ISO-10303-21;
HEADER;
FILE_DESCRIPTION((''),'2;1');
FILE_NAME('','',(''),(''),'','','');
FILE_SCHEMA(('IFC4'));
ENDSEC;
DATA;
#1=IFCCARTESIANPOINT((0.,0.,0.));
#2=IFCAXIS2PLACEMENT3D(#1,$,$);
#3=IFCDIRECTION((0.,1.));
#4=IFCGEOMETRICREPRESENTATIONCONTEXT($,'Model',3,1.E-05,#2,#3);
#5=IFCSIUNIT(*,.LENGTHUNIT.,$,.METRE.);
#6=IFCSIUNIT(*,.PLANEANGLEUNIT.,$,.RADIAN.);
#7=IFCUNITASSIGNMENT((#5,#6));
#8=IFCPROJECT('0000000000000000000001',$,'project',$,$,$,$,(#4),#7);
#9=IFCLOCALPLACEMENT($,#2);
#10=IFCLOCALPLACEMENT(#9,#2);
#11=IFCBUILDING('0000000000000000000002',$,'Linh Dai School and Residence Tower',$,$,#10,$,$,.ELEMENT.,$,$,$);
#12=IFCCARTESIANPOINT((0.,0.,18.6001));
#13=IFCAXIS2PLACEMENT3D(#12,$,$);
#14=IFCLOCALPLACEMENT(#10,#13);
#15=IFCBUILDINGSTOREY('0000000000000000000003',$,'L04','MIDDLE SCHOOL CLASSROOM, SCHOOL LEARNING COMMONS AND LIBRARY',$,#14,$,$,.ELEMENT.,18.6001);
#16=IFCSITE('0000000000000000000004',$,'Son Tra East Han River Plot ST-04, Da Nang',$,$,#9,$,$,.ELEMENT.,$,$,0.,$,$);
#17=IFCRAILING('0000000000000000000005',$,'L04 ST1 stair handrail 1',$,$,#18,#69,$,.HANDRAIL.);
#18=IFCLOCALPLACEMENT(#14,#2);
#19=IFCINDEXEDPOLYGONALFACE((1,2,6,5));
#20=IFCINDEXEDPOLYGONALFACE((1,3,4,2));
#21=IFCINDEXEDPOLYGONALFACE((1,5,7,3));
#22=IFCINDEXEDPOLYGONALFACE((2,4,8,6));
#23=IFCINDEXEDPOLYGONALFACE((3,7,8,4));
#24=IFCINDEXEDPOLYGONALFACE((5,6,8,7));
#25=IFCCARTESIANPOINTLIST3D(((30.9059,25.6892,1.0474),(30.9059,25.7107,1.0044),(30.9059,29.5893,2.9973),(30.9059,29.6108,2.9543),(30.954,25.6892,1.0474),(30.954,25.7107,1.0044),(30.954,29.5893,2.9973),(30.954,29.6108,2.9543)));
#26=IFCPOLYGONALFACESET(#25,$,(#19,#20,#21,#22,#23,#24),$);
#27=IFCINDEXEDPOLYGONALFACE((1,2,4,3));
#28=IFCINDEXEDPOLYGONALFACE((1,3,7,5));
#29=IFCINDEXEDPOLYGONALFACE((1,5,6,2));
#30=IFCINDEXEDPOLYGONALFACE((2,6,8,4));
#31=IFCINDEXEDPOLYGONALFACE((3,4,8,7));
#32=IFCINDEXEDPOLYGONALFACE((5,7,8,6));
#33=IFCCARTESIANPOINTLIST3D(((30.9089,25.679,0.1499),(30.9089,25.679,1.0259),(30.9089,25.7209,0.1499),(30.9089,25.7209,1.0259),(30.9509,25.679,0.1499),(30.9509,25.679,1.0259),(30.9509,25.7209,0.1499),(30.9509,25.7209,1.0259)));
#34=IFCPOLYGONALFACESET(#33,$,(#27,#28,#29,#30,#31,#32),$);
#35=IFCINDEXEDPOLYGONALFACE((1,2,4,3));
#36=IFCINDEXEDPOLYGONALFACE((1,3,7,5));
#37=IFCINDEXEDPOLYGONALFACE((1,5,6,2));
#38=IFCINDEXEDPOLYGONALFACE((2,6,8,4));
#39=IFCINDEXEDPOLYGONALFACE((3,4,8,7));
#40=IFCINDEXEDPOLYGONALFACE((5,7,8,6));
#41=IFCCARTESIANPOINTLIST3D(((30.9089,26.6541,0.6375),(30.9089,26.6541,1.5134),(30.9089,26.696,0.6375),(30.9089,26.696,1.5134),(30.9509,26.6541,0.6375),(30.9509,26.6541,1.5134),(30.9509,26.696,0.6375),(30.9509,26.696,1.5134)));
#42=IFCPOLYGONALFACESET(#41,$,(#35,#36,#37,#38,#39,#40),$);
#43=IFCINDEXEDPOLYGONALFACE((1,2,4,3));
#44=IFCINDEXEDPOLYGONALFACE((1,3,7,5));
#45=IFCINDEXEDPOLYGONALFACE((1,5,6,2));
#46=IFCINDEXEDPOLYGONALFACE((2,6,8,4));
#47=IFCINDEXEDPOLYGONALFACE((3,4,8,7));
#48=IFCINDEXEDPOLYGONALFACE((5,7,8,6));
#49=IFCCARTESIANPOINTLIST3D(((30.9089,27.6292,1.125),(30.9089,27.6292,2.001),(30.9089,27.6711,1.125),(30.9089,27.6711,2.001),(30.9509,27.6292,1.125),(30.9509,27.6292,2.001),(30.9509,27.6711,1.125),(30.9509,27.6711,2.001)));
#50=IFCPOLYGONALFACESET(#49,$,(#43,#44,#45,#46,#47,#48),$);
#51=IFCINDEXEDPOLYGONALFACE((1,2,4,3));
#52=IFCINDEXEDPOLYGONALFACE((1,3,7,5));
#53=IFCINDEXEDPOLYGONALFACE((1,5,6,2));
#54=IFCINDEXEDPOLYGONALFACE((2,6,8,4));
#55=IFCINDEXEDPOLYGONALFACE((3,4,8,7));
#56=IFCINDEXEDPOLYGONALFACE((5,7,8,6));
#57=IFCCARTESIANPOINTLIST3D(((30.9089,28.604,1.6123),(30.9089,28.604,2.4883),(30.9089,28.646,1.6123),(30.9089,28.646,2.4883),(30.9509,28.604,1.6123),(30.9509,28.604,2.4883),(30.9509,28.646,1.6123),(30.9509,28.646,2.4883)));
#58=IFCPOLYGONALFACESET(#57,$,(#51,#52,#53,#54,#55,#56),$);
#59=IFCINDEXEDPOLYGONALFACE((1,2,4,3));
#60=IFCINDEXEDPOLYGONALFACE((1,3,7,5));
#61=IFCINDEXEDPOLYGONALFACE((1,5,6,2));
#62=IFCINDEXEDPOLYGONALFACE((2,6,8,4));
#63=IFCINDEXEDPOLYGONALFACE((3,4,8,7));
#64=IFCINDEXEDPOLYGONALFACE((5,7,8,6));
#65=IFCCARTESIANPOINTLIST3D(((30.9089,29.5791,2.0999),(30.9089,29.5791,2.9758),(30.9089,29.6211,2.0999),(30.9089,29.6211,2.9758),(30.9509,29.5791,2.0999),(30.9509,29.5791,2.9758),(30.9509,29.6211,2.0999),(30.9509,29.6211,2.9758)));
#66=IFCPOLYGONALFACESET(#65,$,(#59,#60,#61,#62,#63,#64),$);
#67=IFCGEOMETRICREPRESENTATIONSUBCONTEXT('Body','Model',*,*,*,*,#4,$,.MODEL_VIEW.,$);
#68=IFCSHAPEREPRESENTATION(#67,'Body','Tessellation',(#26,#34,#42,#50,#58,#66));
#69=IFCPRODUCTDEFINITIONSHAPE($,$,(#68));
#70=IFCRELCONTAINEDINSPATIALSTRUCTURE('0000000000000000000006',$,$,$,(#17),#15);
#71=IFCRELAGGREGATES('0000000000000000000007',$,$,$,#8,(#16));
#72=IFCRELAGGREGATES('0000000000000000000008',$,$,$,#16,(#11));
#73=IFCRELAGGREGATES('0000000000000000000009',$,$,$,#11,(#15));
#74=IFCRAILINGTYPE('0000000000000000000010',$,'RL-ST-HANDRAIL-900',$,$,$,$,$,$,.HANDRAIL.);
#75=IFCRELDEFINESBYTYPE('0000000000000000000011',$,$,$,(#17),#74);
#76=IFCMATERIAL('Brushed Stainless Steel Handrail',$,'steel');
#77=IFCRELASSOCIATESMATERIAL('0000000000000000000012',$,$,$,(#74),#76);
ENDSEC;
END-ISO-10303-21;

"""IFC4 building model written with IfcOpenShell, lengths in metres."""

from ifc_helpers import new_model, si_unit, direction, frame, origin, origin_2d, place, context, subcontext, project, spatial, rectangle, extrude, source, transform, mapped, material, type_object, element, save


model = new_model("IFC4")

# Units and contexts
model_context = context("Model", 3, precision=1e-05, world=origin(), true_north=direction((0.0, 1.0)))
body_context = subcontext(model_context, "Body", "Model", "MODEL_VIEW")
ifc_project = project(units=[si_unit("LENGTHUNIT", "METRE"), si_unit("PLANEANGLEUNIT", "RADIAN")], contexts=[model_context])

# Site, building, storey
site_placement = place(None, origin())
site = spatial("IfcSite", under=ifc_project, at=site_placement, Name="Son Tra East Han River Plot ST-04, Da Nang", CompositionType="ELEMENT", RefElevation=0.0)
building_placement = place(site_placement, origin())
building = spatial("IfcBuilding", under=site, at=building_placement, Name="Linh Dai School and Residence Tower", CompositionType="ELEMENT")
storey_placement = place(building_placement, frame((0.0, 0.0, 18.6001)))
storey = spatial("IfcBuildingStorey", under=building, at=storey_placement, Name="L04", Description="MIDDLE SCHOOL CLASSROOM, SCHOOL LEARNING COMMONS AND LIBRARY", CompositionType="ELEMENT", Elevation=18.6001)

# Railing
ifc_material_1 = material(Name="Brushed Stainless Steel Handrail", Category="steel")
railing_type_1 = type_object("IfcRailingType", Name="RL-ST-HANDRAIL-900", PredefinedType="HANDRAIL", material=ifc_material_1)
shared_shape_1 = source(origin(), body_context, "Body", "SweptSolid", [
    extrude(rectangle(XDim=0.0481, YDim=0.0481, at=origin_2d()), frame((0.0, 0.0, 0.876), z_axis=(0.0, 0.894438, 0.447191), x_axis=(-1.0, 0.0, 0.0)), (0.0, 0.0, 1.0), 4.3604),
    extrude(rectangle(XDim=0.042, YDim=0.042, at=origin_2d()), origin(), (0.0, 0.0, 1.0), 0.876),
    extrude(rectangle(XDim=0.042, YDim=0.042, at=origin_2d()), frame((0.0, 0.9751, 0.4875)), (0.0, 0.0, 1.0), 0.876),
    extrude(rectangle(XDim=0.042, YDim=0.042, at=origin_2d()), frame((0.0, 1.9502, 0.9751)), (0.0, 0.0, 1.0), 0.876),
    extrude(rectangle(XDim=0.042, YDim=0.042, at=origin_2d()), frame((0.0, 2.925, 1.4624)), (0.0, 0.0, 1.0), 0.876),
    extrude(rectangle(XDim=0.042, YDim=0.042, at=origin_2d()), frame((0.0, 3.9001, 1.95)), (0.0, 0.0, 1.0), 0.876),
])
railing_1_placement = place(storey_placement, frame((30.9299, 25.7, 0.1499)))
element("IfcRailing", 1, at=railing_1_placement, inside=storey, type_object=railing_type_1, Name="L04 ST1 stair handrail 1", PredefinedType="HANDRAIL", context=body_context, shape_type="MappedRepresentation", body=[
    mapped(shared_shape_1, transform((0.0, 0.0, 0.0), x_axis=(1.0, 0.0, 0.0), y_axis=(0.0, 1.0, 0.0), z_axis=(0.0, 0.0, 1.0), scale=1.0)),
])

save(model, "model.ifc")
